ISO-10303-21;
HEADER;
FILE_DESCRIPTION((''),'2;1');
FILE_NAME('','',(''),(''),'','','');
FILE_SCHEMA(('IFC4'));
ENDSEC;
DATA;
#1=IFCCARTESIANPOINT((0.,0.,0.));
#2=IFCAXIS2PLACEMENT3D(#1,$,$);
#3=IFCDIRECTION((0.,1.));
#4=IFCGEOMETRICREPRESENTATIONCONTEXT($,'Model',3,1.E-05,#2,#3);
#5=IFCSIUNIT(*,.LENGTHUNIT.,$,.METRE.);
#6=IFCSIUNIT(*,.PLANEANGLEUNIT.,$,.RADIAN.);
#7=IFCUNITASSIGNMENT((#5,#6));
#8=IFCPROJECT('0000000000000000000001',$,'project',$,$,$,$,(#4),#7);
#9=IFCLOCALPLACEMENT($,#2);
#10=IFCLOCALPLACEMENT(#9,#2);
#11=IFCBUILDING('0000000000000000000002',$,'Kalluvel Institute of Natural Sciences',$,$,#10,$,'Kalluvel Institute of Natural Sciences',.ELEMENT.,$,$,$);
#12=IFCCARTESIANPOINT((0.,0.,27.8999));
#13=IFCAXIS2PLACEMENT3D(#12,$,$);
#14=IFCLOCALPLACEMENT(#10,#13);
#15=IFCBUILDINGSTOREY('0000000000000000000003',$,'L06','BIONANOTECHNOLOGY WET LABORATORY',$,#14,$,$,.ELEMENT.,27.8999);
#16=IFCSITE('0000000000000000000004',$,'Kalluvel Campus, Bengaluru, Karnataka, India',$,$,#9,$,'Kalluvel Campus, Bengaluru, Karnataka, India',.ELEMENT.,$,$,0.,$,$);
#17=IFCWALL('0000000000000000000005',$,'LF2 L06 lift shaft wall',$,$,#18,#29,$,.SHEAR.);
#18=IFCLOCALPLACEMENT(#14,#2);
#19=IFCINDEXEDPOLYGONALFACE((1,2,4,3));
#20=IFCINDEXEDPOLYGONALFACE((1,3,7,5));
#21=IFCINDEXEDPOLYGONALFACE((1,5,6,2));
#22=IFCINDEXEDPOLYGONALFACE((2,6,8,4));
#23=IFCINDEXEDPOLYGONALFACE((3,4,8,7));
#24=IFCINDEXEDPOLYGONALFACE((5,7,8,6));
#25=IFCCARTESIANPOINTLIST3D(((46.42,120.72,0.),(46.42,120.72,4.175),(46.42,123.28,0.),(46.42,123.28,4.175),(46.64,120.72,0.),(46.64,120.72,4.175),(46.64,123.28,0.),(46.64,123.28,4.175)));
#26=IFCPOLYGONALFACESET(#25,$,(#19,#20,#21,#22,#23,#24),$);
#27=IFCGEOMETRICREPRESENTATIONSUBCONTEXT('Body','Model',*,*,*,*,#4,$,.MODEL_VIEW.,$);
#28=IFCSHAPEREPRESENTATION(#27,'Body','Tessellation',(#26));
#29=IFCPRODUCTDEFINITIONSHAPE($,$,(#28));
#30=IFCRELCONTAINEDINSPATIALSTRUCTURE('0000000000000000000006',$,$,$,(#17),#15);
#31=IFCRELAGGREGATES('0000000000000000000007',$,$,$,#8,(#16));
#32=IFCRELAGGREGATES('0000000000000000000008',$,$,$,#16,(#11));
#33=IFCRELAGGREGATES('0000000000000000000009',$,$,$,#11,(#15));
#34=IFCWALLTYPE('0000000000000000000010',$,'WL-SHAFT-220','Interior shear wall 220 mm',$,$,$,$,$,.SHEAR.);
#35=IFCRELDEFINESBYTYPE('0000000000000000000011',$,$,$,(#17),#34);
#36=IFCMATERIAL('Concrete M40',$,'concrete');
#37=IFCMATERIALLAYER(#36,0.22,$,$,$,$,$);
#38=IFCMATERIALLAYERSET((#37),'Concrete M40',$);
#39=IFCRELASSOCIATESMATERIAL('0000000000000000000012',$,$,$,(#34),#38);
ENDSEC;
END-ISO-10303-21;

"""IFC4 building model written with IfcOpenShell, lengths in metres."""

from ifc_helpers import new_model, si_unit, direction, frame, frame_2d, origin, place, context, subcontext, project, spatial, rectangle, extrude, material, layer, layer_set, type_object, element, save


model = new_model("IFC4")

# Units and contexts
model_context = context("Model", 3, precision=1e-05, world=origin(), true_north=direction((0.0, 1.0)))
body_context = subcontext(model_context, "Body", "Model", "MODEL_VIEW")
ifc_project = project(units=[si_unit("LENGTHUNIT", "METRE"), si_unit("PLANEANGLEUNIT", "RADIAN")], contexts=[model_context])

# Site, building, storey
site_placement = place(None, origin())
site = spatial("IfcSite", under=ifc_project, at=site_placement, Name="Kalluvel Campus, Bengaluru, Karnataka, India", LongName="Kalluvel Campus, Bengaluru, Karnataka, India", CompositionType="ELEMENT", RefElevation=0.0)
building_placement = place(site_placement, origin())
building = spatial("IfcBuilding", under=site, at=building_placement, Name="Kalluvel Institute of Natural Sciences", LongName="Kalluvel Institute of Natural Sciences", CompositionType="ELEMENT")
storey_placement = place(building_placement, frame((0.0, 0.0, 27.8999)))
storey = spatial("IfcBuildingStorey", under=building, at=storey_placement, Name="L06", Description="BIONANOTECHNOLOGY WET LABORATORY", CompositionType="ELEMENT", Elevation=27.8999)

# Shared definitions
ifc_material_1 = material(Name="Concrete M40", Category="concrete")

# Shared definitions
ifc_layer_1 = layer(ifc_material_1, 0.22)
ifc_layer_set_1 = layer_set([ifc_layer_1], Name="Concrete M40")
wall_type_1 = type_object("IfcWallType", Name="WL-SHAFT-220", Description="Interior shear wall 220 mm", PredefinedType="SHEAR", material=ifc_layer_set_1)

# Wall
wall_1_placement = place(storey_placement, frame((46.53, 120.72, 0.0), z_axis=(0.0, 0.0, 1.0), x_axis=(0.0, 1.0, 0.0)))
element("IfcWall", 1, at=wall_1_placement, inside=storey, type_object=wall_type_1, Name="LF2 L06 lift shaft wall", PredefinedType="SHEAR", context=body_context, shape_type="SweptSolid", body=[
    extrude(rectangle(XDim=2.5601, YDim=0.22, at=frame_2d((1.28, 0.0))), origin(), (0.0, 0.0, 1.0), 4.175),
])

save(model, "model.ifc")
